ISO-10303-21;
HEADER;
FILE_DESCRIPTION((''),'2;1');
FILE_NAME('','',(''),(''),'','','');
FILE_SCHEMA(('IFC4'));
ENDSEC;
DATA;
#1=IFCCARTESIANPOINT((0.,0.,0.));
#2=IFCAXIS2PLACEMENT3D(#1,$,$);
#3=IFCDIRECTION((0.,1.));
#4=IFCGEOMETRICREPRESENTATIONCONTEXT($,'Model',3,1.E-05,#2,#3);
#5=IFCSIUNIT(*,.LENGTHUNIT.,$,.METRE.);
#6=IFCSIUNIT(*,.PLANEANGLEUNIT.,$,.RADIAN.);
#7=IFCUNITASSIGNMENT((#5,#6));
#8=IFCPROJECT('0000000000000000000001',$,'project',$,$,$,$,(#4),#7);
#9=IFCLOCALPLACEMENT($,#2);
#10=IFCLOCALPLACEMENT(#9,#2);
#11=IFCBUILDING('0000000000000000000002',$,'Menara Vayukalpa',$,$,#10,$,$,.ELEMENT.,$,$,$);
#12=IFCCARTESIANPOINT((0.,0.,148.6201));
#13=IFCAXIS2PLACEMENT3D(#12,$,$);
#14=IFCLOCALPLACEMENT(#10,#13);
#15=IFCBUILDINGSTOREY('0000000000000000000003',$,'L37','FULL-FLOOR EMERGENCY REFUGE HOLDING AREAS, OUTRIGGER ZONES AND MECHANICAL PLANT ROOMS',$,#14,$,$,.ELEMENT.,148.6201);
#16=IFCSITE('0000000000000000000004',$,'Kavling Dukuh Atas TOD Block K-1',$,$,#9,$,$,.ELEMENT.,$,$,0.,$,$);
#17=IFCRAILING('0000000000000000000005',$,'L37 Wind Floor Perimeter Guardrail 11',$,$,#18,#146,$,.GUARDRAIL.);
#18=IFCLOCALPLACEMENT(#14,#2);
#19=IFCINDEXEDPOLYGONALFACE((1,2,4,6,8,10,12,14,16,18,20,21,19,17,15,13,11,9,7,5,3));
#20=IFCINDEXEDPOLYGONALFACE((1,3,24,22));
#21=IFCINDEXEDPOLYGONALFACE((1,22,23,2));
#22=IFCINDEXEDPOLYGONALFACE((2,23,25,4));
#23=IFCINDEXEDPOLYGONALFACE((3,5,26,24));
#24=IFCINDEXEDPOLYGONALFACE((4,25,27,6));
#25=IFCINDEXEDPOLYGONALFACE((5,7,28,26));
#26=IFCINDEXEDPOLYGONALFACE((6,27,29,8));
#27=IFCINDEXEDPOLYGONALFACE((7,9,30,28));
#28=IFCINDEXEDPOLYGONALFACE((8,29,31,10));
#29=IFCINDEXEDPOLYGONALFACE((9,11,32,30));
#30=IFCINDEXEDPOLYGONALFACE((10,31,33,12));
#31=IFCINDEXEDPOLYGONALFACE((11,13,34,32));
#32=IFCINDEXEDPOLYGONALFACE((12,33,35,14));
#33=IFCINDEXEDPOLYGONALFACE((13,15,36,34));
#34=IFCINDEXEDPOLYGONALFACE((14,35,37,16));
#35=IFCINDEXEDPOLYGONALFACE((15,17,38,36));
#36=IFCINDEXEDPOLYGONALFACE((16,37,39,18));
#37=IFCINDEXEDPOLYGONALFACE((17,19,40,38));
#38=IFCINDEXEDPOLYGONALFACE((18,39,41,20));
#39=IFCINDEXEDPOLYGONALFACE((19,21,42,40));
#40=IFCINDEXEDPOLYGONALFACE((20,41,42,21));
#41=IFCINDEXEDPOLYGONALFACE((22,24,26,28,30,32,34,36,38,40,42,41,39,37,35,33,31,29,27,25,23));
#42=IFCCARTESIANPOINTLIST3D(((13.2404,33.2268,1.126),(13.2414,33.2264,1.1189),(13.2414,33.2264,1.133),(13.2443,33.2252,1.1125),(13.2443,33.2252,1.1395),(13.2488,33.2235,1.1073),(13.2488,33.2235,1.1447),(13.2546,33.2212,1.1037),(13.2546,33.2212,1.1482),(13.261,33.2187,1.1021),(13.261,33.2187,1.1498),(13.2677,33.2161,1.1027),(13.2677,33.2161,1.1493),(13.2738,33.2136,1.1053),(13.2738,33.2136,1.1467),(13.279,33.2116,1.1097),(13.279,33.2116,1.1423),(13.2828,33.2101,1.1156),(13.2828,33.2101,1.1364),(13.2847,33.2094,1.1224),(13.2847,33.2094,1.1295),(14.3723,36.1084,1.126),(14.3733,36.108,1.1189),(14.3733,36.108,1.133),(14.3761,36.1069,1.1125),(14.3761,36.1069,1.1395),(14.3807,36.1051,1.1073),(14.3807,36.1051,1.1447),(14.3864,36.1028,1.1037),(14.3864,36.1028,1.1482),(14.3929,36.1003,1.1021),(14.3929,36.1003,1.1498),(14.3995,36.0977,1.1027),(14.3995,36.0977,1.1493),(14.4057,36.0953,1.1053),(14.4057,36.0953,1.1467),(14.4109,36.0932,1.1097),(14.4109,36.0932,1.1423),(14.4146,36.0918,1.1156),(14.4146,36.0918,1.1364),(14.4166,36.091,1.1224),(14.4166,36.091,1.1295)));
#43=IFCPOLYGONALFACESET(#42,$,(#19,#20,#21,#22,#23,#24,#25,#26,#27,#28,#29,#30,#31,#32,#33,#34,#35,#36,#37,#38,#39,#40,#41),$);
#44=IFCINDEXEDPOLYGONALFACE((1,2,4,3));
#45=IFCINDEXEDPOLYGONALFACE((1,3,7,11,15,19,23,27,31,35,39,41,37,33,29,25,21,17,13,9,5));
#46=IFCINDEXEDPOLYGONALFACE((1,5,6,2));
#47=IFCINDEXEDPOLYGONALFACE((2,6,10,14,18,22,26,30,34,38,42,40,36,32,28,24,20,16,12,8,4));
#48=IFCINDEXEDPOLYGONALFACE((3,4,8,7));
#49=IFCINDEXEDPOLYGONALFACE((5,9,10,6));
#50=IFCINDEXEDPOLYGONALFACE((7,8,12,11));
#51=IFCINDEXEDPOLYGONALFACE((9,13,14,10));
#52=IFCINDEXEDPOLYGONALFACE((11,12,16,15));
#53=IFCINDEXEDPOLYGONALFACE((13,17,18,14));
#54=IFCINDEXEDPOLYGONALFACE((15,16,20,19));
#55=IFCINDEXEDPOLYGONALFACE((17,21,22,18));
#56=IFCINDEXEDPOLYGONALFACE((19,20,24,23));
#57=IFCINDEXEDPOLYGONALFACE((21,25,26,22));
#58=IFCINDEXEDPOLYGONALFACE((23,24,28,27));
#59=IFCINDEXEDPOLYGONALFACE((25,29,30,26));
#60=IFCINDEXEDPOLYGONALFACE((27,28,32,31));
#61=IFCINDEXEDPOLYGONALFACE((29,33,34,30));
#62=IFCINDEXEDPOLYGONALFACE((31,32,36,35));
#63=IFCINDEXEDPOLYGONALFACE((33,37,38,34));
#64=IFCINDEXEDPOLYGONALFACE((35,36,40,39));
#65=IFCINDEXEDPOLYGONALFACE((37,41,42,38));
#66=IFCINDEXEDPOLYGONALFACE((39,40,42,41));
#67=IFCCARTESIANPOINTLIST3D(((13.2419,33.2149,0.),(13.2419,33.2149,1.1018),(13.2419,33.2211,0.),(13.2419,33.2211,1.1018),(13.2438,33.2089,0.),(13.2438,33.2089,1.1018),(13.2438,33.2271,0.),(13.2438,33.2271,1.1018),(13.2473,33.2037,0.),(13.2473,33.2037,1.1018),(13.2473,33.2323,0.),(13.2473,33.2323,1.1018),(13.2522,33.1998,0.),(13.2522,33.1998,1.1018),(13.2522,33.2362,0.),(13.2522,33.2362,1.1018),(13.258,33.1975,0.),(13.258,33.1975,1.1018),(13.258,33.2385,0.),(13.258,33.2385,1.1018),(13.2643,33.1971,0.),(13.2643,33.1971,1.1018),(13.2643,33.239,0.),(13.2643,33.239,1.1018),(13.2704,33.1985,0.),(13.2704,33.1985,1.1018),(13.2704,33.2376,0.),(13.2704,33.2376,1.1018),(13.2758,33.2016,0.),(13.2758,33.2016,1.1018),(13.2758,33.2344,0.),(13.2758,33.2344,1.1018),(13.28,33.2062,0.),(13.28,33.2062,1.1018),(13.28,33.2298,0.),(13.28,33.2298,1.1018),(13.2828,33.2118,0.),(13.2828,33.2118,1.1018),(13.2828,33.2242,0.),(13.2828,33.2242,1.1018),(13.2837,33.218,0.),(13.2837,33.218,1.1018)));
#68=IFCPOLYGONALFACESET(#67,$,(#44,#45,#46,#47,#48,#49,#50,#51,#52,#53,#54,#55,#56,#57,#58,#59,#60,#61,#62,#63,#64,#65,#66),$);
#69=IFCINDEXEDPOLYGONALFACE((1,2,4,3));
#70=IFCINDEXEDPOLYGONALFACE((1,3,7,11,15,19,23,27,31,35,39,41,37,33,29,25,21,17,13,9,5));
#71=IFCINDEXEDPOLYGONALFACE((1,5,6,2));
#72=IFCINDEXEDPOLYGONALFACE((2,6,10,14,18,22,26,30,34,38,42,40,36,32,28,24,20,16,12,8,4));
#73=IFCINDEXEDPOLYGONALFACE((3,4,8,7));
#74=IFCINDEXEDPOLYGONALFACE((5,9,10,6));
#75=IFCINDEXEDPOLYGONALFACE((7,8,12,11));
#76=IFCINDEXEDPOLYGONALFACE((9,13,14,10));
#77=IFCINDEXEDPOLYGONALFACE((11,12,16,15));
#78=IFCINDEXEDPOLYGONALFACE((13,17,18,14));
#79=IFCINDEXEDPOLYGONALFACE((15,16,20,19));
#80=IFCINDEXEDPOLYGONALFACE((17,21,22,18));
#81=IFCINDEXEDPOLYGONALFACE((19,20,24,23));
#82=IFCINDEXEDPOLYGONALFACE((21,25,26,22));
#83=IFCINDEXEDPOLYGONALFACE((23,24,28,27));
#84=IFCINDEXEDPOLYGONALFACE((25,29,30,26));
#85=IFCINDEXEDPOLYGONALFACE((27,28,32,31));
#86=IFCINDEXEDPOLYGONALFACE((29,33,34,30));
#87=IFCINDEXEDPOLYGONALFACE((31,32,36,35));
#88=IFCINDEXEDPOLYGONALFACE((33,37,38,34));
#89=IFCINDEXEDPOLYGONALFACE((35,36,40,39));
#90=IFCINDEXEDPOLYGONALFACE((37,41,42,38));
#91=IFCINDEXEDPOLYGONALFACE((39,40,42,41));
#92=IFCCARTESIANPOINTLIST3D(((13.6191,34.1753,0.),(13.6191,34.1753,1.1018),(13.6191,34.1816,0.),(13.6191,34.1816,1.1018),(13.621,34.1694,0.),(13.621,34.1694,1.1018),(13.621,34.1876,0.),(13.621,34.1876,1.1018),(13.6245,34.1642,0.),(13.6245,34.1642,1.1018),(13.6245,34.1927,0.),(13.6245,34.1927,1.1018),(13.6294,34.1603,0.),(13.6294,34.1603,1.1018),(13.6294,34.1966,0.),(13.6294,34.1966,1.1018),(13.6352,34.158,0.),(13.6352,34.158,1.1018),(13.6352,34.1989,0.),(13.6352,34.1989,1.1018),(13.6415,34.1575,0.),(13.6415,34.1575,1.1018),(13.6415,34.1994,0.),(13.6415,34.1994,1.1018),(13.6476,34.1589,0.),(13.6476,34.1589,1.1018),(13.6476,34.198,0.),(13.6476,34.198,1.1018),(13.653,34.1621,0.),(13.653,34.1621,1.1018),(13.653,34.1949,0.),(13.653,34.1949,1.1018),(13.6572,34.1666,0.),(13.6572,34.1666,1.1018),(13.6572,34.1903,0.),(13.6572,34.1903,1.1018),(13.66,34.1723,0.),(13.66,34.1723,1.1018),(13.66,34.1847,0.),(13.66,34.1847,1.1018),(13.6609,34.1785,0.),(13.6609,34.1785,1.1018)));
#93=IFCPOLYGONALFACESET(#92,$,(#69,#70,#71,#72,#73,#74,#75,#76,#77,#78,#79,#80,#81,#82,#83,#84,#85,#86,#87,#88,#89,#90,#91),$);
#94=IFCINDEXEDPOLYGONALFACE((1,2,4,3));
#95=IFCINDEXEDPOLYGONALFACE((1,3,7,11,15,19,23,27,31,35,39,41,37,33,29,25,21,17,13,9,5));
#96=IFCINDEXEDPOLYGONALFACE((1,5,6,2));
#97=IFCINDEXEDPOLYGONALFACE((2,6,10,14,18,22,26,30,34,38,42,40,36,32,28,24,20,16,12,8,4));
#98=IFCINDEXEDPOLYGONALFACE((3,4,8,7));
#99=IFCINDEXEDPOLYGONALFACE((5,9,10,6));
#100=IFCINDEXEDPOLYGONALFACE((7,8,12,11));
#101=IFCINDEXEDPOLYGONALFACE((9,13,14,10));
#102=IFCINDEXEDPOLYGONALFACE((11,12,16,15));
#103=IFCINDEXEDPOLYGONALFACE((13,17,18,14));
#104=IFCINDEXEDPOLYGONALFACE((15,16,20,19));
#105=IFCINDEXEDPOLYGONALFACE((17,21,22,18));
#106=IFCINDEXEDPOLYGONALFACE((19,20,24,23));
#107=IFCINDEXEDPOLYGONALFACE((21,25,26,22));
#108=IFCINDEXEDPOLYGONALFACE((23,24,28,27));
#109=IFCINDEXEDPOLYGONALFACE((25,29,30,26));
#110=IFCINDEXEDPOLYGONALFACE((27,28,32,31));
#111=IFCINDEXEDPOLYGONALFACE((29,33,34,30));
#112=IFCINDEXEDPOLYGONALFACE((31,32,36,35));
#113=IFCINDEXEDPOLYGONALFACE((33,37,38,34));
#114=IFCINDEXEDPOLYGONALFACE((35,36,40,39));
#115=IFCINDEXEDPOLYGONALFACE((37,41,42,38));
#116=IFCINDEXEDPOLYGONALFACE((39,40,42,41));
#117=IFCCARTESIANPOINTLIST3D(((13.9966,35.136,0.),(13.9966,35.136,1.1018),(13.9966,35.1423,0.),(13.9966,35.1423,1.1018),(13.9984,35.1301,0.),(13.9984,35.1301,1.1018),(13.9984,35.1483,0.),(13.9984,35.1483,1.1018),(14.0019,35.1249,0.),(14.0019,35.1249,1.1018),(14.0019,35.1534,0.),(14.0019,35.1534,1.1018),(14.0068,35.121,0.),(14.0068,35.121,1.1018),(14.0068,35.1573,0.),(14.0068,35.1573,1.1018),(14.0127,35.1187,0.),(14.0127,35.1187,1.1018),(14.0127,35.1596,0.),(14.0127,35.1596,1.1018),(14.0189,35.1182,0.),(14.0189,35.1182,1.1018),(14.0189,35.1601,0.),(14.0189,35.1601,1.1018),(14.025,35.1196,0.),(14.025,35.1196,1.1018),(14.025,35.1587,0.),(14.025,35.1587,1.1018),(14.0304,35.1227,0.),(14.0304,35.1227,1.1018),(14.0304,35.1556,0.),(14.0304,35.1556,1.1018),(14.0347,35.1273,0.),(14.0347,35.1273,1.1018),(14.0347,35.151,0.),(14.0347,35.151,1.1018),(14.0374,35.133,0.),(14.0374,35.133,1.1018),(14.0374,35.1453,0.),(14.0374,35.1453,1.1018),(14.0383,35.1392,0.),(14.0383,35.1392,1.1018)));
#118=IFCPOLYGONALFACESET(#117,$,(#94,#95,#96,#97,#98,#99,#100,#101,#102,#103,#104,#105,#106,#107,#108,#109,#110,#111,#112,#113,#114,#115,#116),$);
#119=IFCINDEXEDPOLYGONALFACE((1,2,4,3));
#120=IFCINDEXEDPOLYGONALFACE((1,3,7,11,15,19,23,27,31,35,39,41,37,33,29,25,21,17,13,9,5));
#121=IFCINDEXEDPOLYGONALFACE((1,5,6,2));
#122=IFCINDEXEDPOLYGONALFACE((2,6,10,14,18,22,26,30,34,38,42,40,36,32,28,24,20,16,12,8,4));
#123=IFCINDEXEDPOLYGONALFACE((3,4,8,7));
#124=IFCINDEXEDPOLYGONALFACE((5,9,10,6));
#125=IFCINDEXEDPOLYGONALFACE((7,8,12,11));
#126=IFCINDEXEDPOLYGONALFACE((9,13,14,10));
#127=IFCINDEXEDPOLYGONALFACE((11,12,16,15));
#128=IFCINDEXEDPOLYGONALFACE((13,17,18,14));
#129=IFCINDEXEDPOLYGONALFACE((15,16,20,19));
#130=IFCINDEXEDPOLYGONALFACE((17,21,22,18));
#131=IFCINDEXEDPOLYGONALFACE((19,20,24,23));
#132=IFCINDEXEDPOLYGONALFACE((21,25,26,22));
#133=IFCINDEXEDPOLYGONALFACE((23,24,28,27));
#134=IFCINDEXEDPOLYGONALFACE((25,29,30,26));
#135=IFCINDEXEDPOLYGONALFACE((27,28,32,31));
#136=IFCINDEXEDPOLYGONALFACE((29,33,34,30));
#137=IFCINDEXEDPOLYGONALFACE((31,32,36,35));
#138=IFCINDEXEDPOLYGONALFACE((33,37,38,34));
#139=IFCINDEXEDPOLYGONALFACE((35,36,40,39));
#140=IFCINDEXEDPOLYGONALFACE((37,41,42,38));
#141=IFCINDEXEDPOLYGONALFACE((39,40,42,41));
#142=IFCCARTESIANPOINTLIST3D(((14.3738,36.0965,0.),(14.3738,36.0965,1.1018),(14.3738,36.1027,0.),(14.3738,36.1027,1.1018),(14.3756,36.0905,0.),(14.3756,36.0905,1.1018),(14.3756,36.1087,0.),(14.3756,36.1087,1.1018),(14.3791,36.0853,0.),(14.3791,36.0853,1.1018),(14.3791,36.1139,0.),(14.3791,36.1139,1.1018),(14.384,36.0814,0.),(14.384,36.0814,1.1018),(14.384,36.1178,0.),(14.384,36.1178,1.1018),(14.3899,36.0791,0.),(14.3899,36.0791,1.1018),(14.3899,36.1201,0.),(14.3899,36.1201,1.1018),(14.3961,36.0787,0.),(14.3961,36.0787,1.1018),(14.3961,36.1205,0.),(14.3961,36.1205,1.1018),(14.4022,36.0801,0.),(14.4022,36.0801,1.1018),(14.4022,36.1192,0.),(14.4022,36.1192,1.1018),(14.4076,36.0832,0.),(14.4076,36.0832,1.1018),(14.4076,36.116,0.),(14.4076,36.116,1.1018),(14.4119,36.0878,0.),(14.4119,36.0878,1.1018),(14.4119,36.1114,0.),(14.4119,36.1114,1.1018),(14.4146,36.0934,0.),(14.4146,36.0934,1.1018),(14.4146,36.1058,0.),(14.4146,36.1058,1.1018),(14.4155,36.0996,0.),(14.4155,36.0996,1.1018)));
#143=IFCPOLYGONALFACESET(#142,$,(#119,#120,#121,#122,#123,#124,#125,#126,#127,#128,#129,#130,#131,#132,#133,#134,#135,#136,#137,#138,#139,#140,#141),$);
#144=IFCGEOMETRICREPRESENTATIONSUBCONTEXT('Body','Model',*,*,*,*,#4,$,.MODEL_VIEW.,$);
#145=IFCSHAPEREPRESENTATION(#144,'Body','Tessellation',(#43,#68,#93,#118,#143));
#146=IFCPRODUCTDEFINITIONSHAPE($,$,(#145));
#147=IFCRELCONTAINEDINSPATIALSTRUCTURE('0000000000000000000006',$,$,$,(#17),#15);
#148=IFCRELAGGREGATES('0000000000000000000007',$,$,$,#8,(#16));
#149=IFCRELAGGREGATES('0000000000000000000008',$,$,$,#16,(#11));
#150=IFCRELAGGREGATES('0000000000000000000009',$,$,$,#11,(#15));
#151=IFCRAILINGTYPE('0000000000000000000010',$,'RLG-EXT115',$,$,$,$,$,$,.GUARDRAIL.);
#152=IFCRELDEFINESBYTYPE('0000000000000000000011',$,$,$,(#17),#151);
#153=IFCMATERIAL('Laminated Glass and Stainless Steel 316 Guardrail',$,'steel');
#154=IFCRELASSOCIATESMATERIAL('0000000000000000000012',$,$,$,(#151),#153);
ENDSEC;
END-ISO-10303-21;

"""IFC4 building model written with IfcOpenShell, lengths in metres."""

from ifc_helpers import new_model, si_unit, direction, frame, origin, origin_2d, place, context, subcontext, project, spatial, circle, extrude, material, type_object, element, save


model = new_model("IFC4")

# Units and contexts
model_context = context("Model", 3, precision=1e-05, world=origin(), true_north=direction((0.0, 1.0)))
body_context = subcontext(model_context, "Body", "Model", "MODEL_VIEW")
ifc_project = project(units=[si_unit("LENGTHUNIT", "METRE"), si_unit("PLANEANGLEUNIT", "RADIAN")], contexts=[model_context])

# Site, building, storey
site_placement = place(None, origin())
site = spatial("IfcSite", under=ifc_project, at=site_placement, Name="Kavling Dukuh Atas TOD Block K-1", CompositionType="ELEMENT", RefElevation=0.0)
building_placement = place(site_placement, origin())
building = spatial("IfcBuilding", under=site, at=building_placement, Name="Menara Vayukalpa", CompositionType="ELEMENT")
storey_placement = place(building_placement, frame((0.0, 0.0, 148.6201)))
storey = spatial("IfcBuildingStorey", under=building, at=storey_placement, Name="L37", Description="FULL-FLOOR EMERGENCY REFUGE HOLDING AREAS, OUTRIGGER ZONES AND MECHANICAL PLANT ROOMS", CompositionType="ELEMENT", Elevation=148.6201)

# Railing
ifc_material_1 = material(Name="Laminated Glass and Stainless Steel 316 Guardrail", Category="steel")
railing_type = type_object("IfcRailingType", Name="RLG-EXT115", PredefinedType="GUARDRAIL", material=ifc_material_1)
railing_1_placement = place(storey_placement, frame((13.2627, 33.218, 0.0)))
element("IfcRailing", 1, at=railing_1_placement, inside=storey, type_object=railing_type, Name="L37 Wind Floor Perimeter Guardrail 11", PredefinedType="GUARDRAIL", context=body_context, shape_type="SweptSolid", body=[
    extrude(circle(Radius=0.0239, at=origin_2d()), frame((0.0, 0.0, 1.126), z_axis=(0.365591, 0.930775, 0.0), x_axis=(-0.930775, 0.365591, 0.0)), (0.0, 0.0, 1.0), 3.0959),
    extrude(circle(Radius=0.021, at=origin_2d()), origin(), (0.0, 0.0, 1.0), 1.1018),
    extrude(circle(Radius=0.021, at=origin_2d()), frame((0.3772, 0.9604, 0.0)), (0.0, 0.0, 1.0), 1.1018),
    extrude(circle(Radius=0.021, at=origin_2d()), frame((0.7546, 1.9211, 0.0)), (0.0, 0.0, 1.0), 1.1018),
    extrude(circle(Radius=0.021, at=origin_2d()), frame((1.1318, 2.8816, 0.0)), (0.0, 0.0, 1.0), 1.1018),
])

save(model, "model.ifc")
